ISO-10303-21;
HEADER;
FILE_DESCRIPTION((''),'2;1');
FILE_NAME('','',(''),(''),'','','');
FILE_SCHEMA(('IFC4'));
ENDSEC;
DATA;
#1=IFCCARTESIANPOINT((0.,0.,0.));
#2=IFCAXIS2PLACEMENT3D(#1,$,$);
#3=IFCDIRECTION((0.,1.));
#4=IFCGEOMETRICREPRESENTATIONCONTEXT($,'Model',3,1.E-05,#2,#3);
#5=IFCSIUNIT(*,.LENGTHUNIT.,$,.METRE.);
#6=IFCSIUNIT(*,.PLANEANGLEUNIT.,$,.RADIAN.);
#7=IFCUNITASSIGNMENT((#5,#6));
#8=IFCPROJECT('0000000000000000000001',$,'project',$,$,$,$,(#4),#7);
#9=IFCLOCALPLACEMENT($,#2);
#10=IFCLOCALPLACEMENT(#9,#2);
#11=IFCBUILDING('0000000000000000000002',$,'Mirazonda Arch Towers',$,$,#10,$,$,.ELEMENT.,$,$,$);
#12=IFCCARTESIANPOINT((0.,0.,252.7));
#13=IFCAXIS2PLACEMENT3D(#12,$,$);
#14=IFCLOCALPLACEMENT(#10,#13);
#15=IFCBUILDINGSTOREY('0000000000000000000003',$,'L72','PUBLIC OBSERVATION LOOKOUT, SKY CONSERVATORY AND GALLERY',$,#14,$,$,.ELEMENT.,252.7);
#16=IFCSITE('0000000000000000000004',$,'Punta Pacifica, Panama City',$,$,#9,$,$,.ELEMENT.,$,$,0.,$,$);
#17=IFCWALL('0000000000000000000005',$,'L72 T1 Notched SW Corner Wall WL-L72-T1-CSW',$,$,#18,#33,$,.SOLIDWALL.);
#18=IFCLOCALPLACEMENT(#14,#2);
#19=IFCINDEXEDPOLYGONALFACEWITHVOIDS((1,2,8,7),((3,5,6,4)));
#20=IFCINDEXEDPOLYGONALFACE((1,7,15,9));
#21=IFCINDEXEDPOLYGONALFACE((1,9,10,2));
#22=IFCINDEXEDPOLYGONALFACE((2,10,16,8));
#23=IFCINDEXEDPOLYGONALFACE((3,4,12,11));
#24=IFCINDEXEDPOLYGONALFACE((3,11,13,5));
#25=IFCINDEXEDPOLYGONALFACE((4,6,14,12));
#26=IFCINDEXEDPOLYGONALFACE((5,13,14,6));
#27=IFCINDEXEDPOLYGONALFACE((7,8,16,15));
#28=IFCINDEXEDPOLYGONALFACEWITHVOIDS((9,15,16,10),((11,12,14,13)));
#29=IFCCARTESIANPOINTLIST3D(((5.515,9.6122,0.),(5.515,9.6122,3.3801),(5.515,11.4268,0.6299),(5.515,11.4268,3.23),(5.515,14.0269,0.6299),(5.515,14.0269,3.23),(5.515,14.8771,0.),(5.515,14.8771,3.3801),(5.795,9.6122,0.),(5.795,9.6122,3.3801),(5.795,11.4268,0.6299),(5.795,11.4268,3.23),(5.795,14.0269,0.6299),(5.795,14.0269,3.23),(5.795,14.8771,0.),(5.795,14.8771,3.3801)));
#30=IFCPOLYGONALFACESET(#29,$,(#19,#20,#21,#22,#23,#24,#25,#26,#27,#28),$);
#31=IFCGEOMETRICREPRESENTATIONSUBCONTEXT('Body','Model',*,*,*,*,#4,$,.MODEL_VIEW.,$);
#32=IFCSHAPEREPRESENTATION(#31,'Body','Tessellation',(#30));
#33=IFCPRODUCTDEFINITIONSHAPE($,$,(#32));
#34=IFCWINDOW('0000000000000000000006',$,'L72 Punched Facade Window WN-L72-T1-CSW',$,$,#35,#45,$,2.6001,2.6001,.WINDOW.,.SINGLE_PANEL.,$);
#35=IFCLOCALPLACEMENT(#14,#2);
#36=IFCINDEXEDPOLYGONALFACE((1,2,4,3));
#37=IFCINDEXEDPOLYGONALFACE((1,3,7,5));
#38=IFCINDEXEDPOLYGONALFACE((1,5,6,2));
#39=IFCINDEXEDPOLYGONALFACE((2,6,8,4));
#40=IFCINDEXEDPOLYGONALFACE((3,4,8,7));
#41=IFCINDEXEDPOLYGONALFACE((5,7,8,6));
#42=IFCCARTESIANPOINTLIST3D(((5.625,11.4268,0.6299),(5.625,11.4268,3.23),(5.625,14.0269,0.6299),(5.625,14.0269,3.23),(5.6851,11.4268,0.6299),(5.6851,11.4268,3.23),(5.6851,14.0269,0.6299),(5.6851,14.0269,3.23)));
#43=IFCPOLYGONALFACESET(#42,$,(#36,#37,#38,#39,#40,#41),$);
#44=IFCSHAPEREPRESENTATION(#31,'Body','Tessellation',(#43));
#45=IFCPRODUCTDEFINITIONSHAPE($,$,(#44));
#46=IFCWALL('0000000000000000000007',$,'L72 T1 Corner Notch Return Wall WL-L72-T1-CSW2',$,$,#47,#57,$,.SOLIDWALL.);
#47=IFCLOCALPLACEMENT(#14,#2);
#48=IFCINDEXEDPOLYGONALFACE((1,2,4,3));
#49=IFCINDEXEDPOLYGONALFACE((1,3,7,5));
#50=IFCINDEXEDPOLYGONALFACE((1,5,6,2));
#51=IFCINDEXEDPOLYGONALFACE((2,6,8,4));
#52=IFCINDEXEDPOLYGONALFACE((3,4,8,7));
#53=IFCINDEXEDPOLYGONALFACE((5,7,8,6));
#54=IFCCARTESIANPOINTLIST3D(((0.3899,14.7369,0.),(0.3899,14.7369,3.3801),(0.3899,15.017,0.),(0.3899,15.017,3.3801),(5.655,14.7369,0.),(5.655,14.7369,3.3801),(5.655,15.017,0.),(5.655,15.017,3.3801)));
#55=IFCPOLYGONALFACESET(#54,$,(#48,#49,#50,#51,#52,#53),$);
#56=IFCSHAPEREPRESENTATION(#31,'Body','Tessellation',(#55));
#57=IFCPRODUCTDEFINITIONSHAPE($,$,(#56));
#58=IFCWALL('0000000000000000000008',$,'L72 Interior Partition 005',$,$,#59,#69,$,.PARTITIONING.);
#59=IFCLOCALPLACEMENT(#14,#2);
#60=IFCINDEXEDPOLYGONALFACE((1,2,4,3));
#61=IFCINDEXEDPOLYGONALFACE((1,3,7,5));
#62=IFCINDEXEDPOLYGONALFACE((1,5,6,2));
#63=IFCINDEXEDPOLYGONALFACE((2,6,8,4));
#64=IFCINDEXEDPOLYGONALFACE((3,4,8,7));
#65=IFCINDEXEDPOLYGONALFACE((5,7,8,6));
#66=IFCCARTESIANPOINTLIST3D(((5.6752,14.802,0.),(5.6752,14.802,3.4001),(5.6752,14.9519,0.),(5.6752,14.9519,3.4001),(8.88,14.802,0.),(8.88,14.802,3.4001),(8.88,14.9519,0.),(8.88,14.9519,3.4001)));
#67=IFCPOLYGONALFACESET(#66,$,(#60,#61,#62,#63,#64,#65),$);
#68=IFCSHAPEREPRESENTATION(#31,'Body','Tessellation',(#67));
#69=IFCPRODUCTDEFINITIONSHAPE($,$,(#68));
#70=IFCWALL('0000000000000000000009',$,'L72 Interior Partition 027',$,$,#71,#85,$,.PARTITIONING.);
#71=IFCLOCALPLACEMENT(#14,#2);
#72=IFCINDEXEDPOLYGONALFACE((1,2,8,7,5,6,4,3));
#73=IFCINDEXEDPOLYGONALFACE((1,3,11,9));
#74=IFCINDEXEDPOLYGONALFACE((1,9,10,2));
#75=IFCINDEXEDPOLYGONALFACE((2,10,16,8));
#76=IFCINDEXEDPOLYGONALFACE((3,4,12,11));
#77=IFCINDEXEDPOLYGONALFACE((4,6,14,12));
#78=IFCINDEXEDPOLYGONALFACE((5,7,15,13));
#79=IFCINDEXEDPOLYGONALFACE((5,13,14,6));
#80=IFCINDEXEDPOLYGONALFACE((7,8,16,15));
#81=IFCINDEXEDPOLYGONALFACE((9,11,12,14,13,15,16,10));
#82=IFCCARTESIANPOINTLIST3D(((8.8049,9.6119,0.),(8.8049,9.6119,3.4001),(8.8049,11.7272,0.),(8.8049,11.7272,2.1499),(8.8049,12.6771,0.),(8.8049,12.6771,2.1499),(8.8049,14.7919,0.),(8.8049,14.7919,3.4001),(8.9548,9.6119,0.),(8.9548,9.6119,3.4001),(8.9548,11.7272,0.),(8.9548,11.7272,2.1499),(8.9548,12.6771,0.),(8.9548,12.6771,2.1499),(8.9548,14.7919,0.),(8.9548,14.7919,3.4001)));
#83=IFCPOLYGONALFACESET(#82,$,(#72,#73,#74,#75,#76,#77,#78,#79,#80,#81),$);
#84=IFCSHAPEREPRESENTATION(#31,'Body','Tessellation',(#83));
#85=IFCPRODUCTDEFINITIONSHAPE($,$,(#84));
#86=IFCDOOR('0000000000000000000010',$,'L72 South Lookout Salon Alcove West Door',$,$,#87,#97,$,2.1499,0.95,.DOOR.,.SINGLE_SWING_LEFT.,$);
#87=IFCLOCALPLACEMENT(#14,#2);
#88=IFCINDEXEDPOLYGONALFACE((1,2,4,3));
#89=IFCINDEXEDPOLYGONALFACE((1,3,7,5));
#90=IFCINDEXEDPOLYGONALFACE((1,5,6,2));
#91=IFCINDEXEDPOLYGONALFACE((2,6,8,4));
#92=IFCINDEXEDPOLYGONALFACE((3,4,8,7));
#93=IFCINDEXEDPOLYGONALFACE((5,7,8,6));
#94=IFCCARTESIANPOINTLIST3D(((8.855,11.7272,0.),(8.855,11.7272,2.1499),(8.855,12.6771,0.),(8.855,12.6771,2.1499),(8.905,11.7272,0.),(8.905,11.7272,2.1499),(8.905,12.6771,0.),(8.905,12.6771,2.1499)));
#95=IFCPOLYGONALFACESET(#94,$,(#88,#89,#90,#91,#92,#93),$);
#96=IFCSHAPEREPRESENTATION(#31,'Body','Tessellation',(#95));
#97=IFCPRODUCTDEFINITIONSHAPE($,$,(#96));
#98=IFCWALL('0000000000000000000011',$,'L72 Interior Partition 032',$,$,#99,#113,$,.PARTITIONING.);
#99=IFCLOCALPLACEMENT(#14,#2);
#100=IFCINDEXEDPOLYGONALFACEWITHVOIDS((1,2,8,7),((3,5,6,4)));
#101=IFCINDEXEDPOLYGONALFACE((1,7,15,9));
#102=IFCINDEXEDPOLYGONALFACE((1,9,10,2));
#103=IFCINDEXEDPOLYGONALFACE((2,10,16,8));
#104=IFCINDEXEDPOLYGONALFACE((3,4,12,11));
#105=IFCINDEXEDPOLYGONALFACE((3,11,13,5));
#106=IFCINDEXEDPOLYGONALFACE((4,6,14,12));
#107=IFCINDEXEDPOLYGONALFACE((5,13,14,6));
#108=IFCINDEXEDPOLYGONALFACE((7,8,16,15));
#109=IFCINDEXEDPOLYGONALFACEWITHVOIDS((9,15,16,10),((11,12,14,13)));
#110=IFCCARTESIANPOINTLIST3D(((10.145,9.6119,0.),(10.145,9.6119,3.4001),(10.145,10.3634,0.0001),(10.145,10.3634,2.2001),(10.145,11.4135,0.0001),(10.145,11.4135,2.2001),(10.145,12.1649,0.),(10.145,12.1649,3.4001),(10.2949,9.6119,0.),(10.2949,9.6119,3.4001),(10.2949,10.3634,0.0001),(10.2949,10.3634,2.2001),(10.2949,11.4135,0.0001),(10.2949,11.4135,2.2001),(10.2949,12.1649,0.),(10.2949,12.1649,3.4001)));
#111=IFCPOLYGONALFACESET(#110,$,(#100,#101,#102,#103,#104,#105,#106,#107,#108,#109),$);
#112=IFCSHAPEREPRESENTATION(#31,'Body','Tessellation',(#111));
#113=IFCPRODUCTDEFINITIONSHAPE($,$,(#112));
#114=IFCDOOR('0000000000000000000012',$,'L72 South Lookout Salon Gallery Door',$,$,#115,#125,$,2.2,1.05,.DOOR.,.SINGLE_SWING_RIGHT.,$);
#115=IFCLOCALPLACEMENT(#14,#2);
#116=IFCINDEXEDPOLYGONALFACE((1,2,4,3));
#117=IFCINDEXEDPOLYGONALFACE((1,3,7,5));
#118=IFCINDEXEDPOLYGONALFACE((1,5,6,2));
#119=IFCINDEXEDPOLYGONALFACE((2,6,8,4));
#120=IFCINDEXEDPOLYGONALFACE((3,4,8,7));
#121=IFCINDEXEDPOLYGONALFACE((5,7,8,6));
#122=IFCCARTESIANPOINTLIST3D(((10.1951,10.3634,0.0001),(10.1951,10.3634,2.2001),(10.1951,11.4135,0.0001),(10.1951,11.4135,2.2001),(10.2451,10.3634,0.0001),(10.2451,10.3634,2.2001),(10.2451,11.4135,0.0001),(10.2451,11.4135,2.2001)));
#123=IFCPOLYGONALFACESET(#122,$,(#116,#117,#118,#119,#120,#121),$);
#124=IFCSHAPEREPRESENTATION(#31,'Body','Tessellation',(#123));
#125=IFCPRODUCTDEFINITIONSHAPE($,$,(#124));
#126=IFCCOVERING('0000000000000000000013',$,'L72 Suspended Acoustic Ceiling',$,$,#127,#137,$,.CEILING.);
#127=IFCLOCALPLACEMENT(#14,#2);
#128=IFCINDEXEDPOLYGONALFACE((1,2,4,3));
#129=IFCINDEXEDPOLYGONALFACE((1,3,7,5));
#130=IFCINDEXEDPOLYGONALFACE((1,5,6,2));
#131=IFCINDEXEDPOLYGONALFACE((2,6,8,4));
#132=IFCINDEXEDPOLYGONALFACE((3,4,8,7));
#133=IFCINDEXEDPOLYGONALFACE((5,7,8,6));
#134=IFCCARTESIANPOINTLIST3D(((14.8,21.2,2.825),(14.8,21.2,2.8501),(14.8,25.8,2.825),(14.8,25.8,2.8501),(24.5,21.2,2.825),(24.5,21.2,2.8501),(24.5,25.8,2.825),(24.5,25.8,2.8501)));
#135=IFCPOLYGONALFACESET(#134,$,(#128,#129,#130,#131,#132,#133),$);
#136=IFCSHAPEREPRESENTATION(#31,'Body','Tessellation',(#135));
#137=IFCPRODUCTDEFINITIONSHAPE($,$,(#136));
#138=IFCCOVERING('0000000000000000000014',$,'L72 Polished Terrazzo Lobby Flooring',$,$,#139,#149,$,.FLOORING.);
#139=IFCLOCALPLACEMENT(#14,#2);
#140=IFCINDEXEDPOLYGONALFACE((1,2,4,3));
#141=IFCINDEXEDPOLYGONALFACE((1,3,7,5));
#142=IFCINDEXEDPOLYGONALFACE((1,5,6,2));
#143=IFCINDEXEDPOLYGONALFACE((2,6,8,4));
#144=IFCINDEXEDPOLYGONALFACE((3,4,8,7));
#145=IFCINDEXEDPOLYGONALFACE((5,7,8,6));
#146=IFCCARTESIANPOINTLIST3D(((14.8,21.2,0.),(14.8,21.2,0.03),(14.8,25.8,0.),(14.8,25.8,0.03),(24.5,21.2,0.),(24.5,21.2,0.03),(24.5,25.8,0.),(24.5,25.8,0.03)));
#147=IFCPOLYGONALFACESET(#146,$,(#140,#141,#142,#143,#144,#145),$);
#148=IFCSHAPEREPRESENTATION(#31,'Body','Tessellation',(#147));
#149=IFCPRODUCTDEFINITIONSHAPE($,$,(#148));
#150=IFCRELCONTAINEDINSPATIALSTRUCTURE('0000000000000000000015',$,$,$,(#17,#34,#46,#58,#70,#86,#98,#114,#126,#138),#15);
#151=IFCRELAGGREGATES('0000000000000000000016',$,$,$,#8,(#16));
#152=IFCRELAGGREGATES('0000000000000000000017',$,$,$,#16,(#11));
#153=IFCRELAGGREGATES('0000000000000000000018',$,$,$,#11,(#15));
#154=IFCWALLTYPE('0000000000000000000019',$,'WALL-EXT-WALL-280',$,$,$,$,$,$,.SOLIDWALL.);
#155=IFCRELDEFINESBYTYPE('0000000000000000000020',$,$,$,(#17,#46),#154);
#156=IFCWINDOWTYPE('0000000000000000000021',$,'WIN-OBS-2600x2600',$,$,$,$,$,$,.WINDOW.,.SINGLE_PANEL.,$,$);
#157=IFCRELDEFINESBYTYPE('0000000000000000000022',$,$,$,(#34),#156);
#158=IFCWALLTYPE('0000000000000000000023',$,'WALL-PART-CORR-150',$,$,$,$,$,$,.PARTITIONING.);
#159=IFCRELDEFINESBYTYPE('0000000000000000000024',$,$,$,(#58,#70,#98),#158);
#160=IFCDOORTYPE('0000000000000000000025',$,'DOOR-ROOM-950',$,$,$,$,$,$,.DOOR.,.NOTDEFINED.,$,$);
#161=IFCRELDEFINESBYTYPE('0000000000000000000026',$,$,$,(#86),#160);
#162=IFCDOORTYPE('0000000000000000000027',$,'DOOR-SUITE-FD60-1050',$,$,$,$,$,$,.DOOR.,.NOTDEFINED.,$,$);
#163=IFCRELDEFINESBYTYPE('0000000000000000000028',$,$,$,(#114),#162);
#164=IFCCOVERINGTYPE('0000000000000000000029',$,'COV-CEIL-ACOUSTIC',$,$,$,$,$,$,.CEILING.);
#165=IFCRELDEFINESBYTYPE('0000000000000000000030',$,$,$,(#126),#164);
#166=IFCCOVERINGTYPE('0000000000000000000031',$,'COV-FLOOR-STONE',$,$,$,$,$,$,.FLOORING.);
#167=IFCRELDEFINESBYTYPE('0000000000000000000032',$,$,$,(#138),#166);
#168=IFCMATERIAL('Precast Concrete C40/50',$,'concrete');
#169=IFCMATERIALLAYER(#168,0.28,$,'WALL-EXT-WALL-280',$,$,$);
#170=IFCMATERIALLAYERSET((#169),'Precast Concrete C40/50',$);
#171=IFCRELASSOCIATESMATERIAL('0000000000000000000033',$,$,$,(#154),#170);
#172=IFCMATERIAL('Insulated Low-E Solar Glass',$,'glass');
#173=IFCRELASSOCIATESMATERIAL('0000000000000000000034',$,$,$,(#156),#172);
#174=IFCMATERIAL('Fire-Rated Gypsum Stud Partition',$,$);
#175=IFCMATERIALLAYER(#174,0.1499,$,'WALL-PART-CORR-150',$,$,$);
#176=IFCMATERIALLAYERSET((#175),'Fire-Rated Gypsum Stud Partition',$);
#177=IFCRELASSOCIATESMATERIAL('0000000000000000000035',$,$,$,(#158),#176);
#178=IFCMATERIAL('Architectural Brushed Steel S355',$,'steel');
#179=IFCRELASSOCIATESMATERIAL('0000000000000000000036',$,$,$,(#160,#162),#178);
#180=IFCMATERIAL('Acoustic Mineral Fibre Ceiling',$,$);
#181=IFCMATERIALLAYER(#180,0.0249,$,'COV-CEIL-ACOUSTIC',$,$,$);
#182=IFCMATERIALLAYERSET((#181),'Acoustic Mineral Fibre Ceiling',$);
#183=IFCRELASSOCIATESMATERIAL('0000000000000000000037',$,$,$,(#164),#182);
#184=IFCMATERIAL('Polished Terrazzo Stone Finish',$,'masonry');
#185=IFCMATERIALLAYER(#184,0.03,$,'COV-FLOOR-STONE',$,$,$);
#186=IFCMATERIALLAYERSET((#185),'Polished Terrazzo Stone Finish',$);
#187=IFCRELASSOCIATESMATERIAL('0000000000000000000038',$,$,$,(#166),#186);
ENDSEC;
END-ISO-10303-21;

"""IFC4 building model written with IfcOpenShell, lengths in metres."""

from ifc_helpers import new_model, si_unit, direction, frame, frame_2d, origin, place, context, subcontext, project, spatial, polyline, rectangle, outline, extrude, material, layer, layer_set, type_object, element, fill, save


model = new_model("IFC4")

# Units and contexts
model_context = context("Model", 3, precision=1e-05, world=origin(), true_north=direction((0.0, 1.0)))
body_context = subcontext(model_context, "Body", "Model", "MODEL_VIEW")
ifc_project = project(units=[si_unit("LENGTHUNIT", "METRE"), si_unit("PLANEANGLEUNIT", "RADIAN")], contexts=[model_context])

# Site, building, storey
site_placement = place(None, origin())
site = spatial("IfcSite", under=ifc_project, at=site_placement, Name="Punta Pacifica, Panama City", CompositionType="ELEMENT", RefElevation=0.0)
building_placement = place(site_placement, origin())
building = spatial("IfcBuilding", under=site, at=building_placement, Name="Mirazonda Arch Towers", CompositionType="ELEMENT")
storey_placement = place(building_placement, frame((0.0, 0.0, 252.7)))
storey = spatial("IfcBuildingStorey", under=building, at=storey_placement, Name="L72", Description="PUBLIC OBSERVATION LOOKOUT, SKY CONSERVATORY AND GALLERY", CompositionType="ELEMENT", Elevation=252.7)

# Shared definitions
ifc_material_1 = material(Name="Insulated Low-E Solar Glass", Category="glass")

# Wall, opening, window
ifc_material_2 = material(Name="Precast Concrete C40/50", Category="concrete")
ifc_layer_1 = layer(ifc_material_2, 0.28, Name="WALL-EXT-WALL-280")
ifc_layer_set_1 = layer_set([ifc_layer_1], Name="Precast Concrete C40/50")
wall_type_1 = type_object("IfcWallType", Name="WALL-EXT-WALL-280", PredefinedType="SOLIDWALL", material=ifc_layer_set_1)
wall_1_placement = place(storey_placement, frame((5.655, 14.877, 0.0), z_axis=(0.0, 0.0, 1.0), x_axis=(0.0, -1.0, 0.0)))
wall_1 = element("IfcWall", 1, at=wall_1_placement, inside=storey, type_object=wall_type_1, Name="L72 T1 Notched SW Corner Wall WL-L72-T1-CSW", PredefinedType="SOLIDWALL", context=body_context, shape_type="SweptSolid", body=[
    extrude(rectangle(XDim=5.2649, YDim=0.28, at=frame_2d((2.6323, 0.0))), origin(), (0.0, 0.0, 1.0), 3.3801),
])
opening_1_placement = place(wall_1_placement, frame((0.8501, 0.0, 0.6299)))
opening_1 = element("IfcOpeningElement", 2, at=opening_1_placement, cuts=wall_1, PredefinedType="OPENING", context=body_context, shape_type="SweptSolid", body=[
    extrude(rectangle(XDim=2.6001, YDim=2.6001, at=frame_2d((1.3, 1.3))), frame((0.0, 0.1499, 0.0), z_axis=(0.0, -1.0, 0.0), x_axis=(1.0, 0.0, 0.0)), (0.0, 0.0, 1.0), 0.3),
])
window_type = type_object("IfcWindowType", Name="WIN-OBS-2600x2600", PartitioningType="SINGLE_PANEL", PredefinedType="WINDOW", material=ifc_material_1)
window_placement = place(opening_1_placement, origin())
window = element("IfcWindow", 3, at=window_placement, inside=storey, type_object=window_type, Name="L72 Punched Facade Window WN-L72-T1-CSW", OverallHeight=2.6001, OverallWidth=2.6001, PartitioningType="SINGLE_PANEL", PredefinedType="WINDOW", context=body_context, shape_type="SweptSolid", body=[
    extrude(rectangle(XDim=2.6001, YDim=2.6001, at=frame_2d((1.3, 1.3))), frame((0.0, 0.03, 0.0), z_axis=(0.0, -1.0, 0.0), x_axis=(1.0, 0.0, 0.0)), (0.0, 0.0, 1.0), 0.0601),
])
fill(opening_1, window)

# Walls
wall_2_placement = place(storey_placement, frame((0.3899, 14.877, 0.0), z_axis=(0.0, 0.0, 1.0), x_axis=(1.0, 0.0, 0.0)))
element("IfcWall", 4, at=wall_2_placement, inside=storey, type_object=wall_type_1, Name="L72 T1 Corner Notch Return Wall WL-L72-T1-CSW2", PredefinedType="SOLIDWALL", context=body_context, shape_type="SweptSolid", body=[
    extrude(rectangle(XDim=5.2651, YDim=0.28, at=frame_2d((2.6326, 0.0))), origin(), (0.0, 0.0, 1.0), 3.3801),
])
ifc_material_3 = material(Name="Fire-Rated Gypsum Stud Partition")
ifc_layer_2 = layer(ifc_material_3, 0.1499, Name="WALL-PART-CORR-150")
ifc_layer_set_2 = layer_set([ifc_layer_2], Name="Fire-Rated Gypsum Stud Partition")
wall_type_2 = type_object("IfcWallType", Name="WALL-PART-CORR-150", PredefinedType="PARTITIONING", material=ifc_layer_set_2)
wall_3_placement = place(storey_placement, frame((5.675, 14.877, 0.0), z_axis=(0.0, 0.0, 1.0), x_axis=(1.0, 0.0, 0.0)))
element("IfcWall", 5, at=wall_3_placement, inside=storey, type_object=wall_type_2, Name="L72 Interior Partition 005", PredefinedType="PARTITIONING", context=body_context, shape_type="SweptSolid", body=[
    extrude(rectangle(XDim=3.2048, YDim=0.1499, at=frame_2d((1.6025, 0.0))), origin(), (0.0, 0.0, 1.0), 3.4001),
])

# Walls, openings, doors
wall_4_placement = place(storey_placement, frame((8.8799, 9.6121, 0.0), z_axis=(0.0, 0.0, 1.0), x_axis=(0.0, 1.0, 0.0)))
wall_4 = element("IfcWall", 6, at=wall_4_placement, inside=storey, type_object=wall_type_2, Name="L72 Interior Partition 027", PredefinedType="PARTITIONING", context=body_context, shape_type="SweptSolid", body=[
    extrude(rectangle(XDim=5.1799, YDim=0.1499, at=frame_2d((2.5898, 0.0))), origin(), (0.0, 0.0, 1.0), 3.4001),
])
opening_2_placement = place(wall_4_placement, frame((2.115, 0.0, 0.0)))
opening_2 = element("IfcOpeningElement", 7, at=opening_2_placement, cuts=wall_4, PredefinedType="OPENING", context=body_context, shape_type="SweptSolid", body=[
    extrude(rectangle(XDim=0.95, YDim=2.1499, at=frame_2d((0.4751, 1.075))), frame((0.0, 0.085, 0.0), z_axis=(0.0, -1.0, 0.0), x_axis=(1.0, 0.0, 0.0)), (0.0, 0.0, 1.0), 0.1699),
])
ifc_material_4 = material(Name="Architectural Brushed Steel S355", Category="steel")
door_type_1 = type_object("IfcDoorType", Name="DOOR-ROOM-950", OperationType="NOTDEFINED", PredefinedType="DOOR", material=ifc_material_4)
door_1_placement = place(opening_2_placement, origin())
door_1 = element("IfcDoor", 8, at=door_1_placement, inside=storey, type_object=door_type_1, Name="L72 South Lookout Salon Alcove West Door", OperationType="SINGLE_SWING_LEFT", OverallHeight=2.1499, OverallWidth=0.95, PredefinedType="DOOR", context=body_context, shape_type="SweptSolid", body=[
    extrude(rectangle(XDim=0.95, YDim=2.1499, at=frame_2d((0.4751, 1.075))), frame((0.0, 0.0249, 0.0), z_axis=(0.0, -1.0, 0.0), x_axis=(1.0, 0.0, 0.0)), (0.0, 0.0, 1.0), 0.05),
])
fill(opening_2, door_1)
wall_5_placement = place(storey_placement, frame((10.22, 9.6121, 0.0), z_axis=(0.0, 0.0, 1.0), x_axis=(0.0, 1.0, 0.0)))
wall_5 = element("IfcWall", 9, at=wall_5_placement, inside=storey, type_object=wall_type_2, Name="L72 Interior Partition 032", PredefinedType="PARTITIONING", context=body_context, shape_type="SweptSolid", body=[
    extrude(rectangle(XDim=2.553, YDim=0.1499, at=frame_2d((1.2764, 0.0))), origin(), (0.0, 0.0, 1.0), 3.4001),
])
opening_3_placement = place(wall_5_placement, frame((0.7515, 0.0, 0.0)))
opening_3 = element("IfcOpeningElement", 10, at=opening_3_placement, cuts=wall_5, PredefinedType="OPENING", context=body_context, shape_type="SweptSolid", body=[
    extrude(rectangle(XDim=1.05, YDim=2.2, at=frame_2d((0.5249, 1.1001))), frame((0.0, 0.085, 0.0), z_axis=(0.0, -1.0, 0.0), x_axis=(1.0, 0.0, 0.0)), (0.0, 0.0, 1.0), 0.1699),
])
door_type_2 = type_object("IfcDoorType", Name="DOOR-SUITE-FD60-1050", OperationType="NOTDEFINED", PredefinedType="DOOR", material=ifc_material_4)
door_2_placement = place(opening_3_placement, origin())
door_2 = element("IfcDoor", 11, at=door_2_placement, inside=storey, type_object=door_type_2, Name="L72 South Lookout Salon Gallery Door", OperationType="SINGLE_SWING_RIGHT", OverallHeight=2.2, OverallWidth=1.05, PredefinedType="DOOR", context=body_context, shape_type="SweptSolid", body=[
    extrude(rectangle(XDim=1.05, YDim=2.2, at=frame_2d((0.5249, 1.1001))), frame((0.0, 0.0249, 0.0), z_axis=(0.0, -1.0, 0.0), x_axis=(1.0, 0.0, 0.0)), (0.0, 0.0, 1.0), 0.05),
])
fill(opening_3, door_2)

# Coverings
ifc_material_5 = material(Name="Acoustic Mineral Fibre Ceiling")
ifc_layer_3 = layer(ifc_material_5, 0.0249, Name="COV-CEIL-ACOUSTIC")
ifc_layer_set_3 = layer_set([ifc_layer_3], Name="Acoustic Mineral Fibre Ceiling")
covering_type_1 = type_object("IfcCoveringType", Name="COV-CEIL-ACOUSTIC", PredefinedType="CEILING", material=ifc_layer_set_3)
covering_1_placement = place(storey_placement, frame((0.0, 0.0, 2.825)))
element("IfcCovering", 12, at=covering_1_placement, inside=storey, type_object=covering_type_1, Name="L72 Suspended Acoustic Ceiling", PredefinedType="CEILING", context=body_context, shape_type="SweptSolid", body=[
    extrude(outline(polyline([(14.8, 21.2), (24.5, 21.2), (24.5, 25.8), (14.8, 25.8), (14.8, 21.2)])), origin(), (0.0, 0.0, 1.0), 0.0251),
])
ifc_material_6 = material(Name="Polished Terrazzo Stone Finish", Category="masonry")
ifc_layer_4 = layer(ifc_material_6, 0.03, Name="COV-FLOOR-STONE")
ifc_layer_set_4 = layer_set([ifc_layer_4], Name="Polished Terrazzo Stone Finish")
covering_type_2 = type_object("IfcCoveringType", Name="COV-FLOOR-STONE", PredefinedType="FLOORING", material=ifc_layer_set_4)
covering_2_placement = place(storey_placement, origin())
element("IfcCovering", 13, at=covering_2_placement, inside=storey, type_object=covering_type_2, Name="L72 Polished Terrazzo Lobby Flooring", PredefinedType="FLOORING", context=body_context, shape_type="SweptSolid", body=[
    extrude(outline(polyline([(14.8, 21.2), (24.5, 21.2), (24.5, 25.8), (14.8, 25.8), (14.8, 21.2)])), origin(), (0.0, 0.0, 1.0), 0.03),
])

save(model, "model.ifc")
